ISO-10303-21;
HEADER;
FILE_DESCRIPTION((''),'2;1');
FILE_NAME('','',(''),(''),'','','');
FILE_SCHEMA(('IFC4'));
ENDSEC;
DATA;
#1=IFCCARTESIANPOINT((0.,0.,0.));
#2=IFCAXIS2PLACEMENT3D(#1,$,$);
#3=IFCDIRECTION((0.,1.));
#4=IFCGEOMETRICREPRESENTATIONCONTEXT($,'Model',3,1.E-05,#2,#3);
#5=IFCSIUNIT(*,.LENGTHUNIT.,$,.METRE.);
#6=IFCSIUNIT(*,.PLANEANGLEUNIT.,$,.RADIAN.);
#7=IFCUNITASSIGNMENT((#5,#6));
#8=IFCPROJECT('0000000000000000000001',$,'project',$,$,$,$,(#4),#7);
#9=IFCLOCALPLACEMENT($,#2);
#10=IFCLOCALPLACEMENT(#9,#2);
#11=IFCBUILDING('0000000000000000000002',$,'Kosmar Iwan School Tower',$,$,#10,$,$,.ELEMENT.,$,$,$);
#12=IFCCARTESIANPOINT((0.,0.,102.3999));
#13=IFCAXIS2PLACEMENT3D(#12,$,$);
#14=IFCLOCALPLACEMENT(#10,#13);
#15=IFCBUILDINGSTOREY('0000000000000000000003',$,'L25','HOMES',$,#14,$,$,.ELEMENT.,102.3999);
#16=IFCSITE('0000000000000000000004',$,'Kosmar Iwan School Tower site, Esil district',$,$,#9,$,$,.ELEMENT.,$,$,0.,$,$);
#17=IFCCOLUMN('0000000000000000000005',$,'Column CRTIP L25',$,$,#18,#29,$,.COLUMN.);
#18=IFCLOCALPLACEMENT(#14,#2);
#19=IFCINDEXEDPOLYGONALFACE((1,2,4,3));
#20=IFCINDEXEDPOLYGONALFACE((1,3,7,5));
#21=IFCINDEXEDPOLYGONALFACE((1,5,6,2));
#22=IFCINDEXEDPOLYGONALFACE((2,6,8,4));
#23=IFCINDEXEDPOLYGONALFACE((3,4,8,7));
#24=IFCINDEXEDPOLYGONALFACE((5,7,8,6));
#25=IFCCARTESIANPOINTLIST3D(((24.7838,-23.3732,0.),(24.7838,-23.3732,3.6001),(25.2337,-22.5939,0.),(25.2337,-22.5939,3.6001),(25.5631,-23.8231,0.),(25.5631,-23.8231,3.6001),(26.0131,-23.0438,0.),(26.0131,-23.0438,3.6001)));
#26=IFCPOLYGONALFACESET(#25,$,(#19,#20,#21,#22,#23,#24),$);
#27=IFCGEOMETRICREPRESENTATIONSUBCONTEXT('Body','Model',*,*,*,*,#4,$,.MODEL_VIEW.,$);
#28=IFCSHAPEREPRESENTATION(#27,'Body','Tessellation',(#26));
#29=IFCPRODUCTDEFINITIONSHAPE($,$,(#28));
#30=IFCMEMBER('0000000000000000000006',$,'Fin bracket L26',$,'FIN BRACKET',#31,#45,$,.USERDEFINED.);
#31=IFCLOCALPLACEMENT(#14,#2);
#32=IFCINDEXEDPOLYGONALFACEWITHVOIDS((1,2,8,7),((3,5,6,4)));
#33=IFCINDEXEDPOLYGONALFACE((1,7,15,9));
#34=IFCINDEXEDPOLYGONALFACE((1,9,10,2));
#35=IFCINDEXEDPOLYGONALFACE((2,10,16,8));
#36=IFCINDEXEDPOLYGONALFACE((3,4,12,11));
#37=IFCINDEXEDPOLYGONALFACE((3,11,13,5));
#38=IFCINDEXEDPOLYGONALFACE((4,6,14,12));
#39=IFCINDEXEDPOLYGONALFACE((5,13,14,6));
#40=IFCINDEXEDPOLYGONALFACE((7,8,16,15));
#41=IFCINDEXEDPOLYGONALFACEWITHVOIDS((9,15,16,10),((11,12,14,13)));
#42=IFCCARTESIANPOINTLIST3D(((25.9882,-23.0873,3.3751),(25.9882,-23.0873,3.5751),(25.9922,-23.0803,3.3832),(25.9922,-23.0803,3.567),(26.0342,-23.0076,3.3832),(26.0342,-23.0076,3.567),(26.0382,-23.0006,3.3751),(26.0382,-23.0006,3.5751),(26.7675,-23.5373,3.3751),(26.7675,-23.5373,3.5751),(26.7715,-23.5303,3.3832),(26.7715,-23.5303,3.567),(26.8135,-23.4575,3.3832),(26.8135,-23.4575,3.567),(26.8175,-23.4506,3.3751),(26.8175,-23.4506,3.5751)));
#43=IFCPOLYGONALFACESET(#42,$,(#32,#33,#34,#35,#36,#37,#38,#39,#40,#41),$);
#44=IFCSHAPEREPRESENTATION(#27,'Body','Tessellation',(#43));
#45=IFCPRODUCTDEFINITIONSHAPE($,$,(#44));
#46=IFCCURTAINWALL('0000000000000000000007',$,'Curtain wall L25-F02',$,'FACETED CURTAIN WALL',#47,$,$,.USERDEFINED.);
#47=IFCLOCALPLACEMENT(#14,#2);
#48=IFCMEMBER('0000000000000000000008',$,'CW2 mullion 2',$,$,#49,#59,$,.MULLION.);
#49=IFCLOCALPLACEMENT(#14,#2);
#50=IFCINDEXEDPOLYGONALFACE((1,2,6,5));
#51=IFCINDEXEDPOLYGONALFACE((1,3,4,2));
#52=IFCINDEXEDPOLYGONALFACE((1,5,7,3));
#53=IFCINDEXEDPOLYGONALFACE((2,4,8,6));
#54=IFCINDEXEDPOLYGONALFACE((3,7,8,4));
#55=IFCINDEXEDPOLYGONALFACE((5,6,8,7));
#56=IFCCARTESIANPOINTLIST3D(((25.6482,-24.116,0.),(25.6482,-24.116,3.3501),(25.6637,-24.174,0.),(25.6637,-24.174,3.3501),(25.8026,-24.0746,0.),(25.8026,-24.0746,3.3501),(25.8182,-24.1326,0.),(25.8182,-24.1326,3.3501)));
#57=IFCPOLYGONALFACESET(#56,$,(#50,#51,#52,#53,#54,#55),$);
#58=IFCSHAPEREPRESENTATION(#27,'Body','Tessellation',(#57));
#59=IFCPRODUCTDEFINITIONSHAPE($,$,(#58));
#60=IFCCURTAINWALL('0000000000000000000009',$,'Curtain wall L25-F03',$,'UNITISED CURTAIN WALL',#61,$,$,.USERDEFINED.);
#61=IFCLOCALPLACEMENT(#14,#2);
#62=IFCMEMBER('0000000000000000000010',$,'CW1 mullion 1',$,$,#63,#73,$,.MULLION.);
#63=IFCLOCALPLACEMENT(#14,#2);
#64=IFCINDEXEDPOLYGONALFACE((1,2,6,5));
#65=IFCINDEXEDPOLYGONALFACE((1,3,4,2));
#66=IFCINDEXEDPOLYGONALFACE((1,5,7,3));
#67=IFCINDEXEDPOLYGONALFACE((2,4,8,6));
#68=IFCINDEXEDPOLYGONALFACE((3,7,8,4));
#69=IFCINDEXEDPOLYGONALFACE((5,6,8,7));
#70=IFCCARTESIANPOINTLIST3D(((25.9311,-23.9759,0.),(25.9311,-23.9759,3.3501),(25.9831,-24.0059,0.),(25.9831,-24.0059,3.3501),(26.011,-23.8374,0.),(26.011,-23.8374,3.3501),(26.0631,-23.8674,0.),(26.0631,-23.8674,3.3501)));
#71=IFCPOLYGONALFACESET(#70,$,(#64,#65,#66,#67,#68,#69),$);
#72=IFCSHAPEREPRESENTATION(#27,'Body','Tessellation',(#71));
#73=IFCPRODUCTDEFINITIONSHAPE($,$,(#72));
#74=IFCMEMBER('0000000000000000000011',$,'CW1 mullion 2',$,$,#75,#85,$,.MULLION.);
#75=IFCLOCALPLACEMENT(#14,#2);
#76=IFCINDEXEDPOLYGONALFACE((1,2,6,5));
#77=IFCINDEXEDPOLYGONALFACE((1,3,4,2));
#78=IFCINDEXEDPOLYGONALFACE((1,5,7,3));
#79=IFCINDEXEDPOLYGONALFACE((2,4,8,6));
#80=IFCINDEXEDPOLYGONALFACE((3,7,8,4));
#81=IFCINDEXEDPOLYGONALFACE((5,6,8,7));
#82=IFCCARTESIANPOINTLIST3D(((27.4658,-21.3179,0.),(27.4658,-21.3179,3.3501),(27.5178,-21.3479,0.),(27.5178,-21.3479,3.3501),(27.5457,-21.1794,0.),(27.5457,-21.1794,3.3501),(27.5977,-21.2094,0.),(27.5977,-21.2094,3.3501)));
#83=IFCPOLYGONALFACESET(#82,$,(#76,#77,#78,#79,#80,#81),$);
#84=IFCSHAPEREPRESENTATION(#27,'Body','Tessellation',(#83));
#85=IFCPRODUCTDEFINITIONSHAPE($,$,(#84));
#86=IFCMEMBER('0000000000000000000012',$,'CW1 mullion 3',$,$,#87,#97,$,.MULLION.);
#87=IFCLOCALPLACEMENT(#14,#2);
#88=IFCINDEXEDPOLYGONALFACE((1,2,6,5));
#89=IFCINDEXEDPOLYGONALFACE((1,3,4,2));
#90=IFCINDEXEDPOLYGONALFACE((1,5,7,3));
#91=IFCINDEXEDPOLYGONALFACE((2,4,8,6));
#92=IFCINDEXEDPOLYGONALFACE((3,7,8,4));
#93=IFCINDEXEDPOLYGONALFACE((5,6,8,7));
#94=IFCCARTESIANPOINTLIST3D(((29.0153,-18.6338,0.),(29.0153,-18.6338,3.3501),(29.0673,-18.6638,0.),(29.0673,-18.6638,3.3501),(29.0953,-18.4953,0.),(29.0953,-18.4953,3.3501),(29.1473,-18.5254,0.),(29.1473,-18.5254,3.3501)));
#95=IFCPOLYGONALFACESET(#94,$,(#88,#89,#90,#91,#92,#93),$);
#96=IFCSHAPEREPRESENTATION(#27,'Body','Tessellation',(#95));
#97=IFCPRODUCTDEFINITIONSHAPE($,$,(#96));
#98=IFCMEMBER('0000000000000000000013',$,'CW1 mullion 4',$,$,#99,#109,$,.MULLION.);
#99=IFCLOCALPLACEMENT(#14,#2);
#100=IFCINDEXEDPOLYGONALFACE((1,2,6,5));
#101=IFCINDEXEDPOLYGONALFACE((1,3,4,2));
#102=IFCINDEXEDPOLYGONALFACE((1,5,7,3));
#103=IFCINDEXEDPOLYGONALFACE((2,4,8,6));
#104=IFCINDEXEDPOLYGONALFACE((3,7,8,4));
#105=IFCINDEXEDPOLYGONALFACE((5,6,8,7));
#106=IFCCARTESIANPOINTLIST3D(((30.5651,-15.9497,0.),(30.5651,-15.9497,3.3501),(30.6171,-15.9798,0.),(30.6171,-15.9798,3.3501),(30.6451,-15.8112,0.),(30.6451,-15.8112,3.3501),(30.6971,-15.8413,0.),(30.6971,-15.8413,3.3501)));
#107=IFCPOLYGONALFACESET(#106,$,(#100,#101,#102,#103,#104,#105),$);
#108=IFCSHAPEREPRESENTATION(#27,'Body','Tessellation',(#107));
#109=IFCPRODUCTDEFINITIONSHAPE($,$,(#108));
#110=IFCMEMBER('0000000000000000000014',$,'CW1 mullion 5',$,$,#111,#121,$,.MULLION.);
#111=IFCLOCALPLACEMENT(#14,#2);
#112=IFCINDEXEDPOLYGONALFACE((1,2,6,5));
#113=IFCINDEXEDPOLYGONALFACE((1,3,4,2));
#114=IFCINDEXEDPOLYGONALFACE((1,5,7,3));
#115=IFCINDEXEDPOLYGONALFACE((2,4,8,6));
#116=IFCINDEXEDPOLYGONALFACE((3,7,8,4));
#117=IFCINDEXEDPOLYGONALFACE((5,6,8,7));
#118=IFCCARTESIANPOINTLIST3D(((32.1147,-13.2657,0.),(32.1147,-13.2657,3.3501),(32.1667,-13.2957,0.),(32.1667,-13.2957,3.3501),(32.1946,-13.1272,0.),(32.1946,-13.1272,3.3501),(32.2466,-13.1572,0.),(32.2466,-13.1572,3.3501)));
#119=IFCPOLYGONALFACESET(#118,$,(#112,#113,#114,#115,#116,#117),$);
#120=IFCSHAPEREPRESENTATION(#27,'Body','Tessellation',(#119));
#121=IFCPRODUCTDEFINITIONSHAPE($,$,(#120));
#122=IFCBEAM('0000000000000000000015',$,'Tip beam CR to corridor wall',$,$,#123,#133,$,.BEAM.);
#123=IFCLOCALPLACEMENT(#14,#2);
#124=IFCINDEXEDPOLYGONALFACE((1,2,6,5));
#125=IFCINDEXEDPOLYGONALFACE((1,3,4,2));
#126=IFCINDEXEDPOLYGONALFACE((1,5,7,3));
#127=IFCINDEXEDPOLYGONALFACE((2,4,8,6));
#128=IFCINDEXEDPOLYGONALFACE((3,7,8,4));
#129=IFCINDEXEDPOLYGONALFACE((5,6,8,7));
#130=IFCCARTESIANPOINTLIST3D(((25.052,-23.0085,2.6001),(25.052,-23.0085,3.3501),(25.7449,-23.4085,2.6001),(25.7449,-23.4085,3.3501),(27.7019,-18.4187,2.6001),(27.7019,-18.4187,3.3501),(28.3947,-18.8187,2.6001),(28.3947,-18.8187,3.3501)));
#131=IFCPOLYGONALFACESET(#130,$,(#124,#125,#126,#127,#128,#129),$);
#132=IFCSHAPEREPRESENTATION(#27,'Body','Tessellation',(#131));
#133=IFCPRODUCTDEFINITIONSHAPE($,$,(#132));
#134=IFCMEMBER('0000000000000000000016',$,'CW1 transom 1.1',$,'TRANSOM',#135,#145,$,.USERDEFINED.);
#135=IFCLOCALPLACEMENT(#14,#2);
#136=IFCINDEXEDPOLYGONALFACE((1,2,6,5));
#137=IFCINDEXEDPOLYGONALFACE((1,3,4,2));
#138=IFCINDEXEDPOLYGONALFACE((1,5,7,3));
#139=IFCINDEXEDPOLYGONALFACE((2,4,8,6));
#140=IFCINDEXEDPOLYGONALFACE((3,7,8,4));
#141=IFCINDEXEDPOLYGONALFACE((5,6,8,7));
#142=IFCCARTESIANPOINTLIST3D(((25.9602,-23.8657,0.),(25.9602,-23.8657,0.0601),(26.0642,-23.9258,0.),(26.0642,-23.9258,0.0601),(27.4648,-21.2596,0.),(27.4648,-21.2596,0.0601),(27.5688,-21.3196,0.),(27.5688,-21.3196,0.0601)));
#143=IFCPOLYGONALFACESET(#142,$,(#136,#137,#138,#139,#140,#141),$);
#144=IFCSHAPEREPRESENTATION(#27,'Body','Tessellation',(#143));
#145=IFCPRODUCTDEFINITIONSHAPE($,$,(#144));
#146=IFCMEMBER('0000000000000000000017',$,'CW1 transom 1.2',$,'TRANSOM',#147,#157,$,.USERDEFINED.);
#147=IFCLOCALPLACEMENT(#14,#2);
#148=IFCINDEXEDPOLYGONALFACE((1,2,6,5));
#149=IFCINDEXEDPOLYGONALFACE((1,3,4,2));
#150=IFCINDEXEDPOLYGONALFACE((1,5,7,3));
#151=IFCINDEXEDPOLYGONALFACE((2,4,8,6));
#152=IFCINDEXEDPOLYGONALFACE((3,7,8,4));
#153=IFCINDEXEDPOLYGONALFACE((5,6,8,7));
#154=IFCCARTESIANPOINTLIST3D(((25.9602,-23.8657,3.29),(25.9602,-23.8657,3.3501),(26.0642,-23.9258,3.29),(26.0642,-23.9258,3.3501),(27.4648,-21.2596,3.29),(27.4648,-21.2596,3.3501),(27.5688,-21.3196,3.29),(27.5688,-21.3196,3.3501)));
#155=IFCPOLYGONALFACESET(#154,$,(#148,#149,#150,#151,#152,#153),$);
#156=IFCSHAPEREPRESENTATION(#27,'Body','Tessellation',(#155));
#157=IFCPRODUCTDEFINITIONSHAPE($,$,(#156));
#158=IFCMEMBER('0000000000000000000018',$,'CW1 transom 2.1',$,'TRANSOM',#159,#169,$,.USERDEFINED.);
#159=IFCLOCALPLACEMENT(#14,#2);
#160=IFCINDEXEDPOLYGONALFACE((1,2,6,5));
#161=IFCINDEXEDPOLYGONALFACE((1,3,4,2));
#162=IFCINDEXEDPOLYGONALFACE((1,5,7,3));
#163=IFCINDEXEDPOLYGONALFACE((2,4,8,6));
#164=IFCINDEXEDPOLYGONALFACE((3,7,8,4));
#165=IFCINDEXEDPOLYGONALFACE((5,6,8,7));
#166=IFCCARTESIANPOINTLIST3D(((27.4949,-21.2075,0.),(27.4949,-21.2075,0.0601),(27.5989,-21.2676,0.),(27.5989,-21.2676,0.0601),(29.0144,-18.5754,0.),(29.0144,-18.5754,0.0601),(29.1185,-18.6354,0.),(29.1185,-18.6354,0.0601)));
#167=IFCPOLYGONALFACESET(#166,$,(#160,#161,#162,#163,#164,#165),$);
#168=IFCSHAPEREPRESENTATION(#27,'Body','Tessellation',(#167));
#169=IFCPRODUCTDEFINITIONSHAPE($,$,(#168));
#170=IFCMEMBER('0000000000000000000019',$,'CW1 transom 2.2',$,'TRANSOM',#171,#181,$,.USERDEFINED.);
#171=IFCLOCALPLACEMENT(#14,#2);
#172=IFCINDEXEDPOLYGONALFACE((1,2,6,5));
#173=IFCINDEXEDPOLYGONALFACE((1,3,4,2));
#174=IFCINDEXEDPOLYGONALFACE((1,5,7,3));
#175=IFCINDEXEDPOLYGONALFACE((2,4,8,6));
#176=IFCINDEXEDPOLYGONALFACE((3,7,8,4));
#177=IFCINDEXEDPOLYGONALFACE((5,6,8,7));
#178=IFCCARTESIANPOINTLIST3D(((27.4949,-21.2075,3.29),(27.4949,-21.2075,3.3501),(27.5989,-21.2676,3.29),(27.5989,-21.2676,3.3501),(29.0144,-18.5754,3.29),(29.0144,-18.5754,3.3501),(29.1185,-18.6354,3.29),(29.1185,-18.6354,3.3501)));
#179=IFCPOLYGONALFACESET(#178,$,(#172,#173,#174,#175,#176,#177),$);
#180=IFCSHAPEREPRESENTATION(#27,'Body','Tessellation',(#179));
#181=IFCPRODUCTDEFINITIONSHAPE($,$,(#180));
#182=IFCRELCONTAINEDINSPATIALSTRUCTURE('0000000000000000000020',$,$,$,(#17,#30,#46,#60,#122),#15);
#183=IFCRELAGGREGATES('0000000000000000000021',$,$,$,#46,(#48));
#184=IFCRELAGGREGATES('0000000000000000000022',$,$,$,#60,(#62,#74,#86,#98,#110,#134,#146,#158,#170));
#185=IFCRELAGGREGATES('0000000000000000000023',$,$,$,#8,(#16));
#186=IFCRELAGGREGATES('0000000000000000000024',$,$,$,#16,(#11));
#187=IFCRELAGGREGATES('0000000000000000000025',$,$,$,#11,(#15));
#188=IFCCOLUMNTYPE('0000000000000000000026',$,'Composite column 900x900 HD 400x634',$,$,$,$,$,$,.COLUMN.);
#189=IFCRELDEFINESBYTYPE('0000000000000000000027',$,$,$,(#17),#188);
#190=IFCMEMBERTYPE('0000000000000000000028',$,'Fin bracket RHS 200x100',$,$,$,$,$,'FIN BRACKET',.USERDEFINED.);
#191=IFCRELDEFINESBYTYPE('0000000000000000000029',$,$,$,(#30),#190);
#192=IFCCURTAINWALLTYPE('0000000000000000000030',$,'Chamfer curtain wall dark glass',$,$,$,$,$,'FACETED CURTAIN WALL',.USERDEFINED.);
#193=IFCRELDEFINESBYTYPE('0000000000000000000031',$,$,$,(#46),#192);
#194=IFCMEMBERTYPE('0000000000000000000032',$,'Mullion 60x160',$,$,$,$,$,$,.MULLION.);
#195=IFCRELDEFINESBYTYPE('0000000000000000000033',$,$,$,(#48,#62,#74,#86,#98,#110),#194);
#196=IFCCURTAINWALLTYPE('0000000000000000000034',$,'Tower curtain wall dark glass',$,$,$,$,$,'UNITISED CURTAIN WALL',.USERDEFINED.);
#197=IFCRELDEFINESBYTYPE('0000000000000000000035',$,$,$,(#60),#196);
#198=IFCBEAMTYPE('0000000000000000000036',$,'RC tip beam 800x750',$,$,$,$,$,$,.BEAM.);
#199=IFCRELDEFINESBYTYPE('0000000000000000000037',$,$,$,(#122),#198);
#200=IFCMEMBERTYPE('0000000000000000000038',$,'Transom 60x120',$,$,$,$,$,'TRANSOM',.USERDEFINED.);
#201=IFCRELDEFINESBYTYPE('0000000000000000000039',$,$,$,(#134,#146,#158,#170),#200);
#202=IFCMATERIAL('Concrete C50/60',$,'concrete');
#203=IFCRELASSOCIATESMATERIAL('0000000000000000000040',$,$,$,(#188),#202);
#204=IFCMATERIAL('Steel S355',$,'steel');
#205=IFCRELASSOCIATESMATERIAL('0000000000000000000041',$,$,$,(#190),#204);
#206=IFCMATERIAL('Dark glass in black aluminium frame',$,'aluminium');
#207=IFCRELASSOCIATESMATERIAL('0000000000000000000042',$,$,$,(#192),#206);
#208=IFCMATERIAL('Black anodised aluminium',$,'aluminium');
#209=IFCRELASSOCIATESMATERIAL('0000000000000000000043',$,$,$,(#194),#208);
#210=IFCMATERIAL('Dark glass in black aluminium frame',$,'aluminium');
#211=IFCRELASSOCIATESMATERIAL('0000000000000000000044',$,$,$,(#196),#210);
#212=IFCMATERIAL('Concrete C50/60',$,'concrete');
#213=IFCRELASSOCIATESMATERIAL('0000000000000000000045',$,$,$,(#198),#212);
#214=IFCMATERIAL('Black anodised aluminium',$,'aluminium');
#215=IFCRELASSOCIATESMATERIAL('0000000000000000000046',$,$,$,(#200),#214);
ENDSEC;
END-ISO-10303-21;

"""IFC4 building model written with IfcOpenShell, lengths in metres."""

from ifc_helpers import new_model, si_unit, direction, frame, origin, origin_2d, place, context, subcontext, project, spatial, rectangle, hollow_rectangle, extrude, material, material_profile, profile_set, type_object, element, aggregate, save


model = new_model("IFC4")

# Units and contexts
model_context = context("Model", 3, precision=1e-05, world=origin(), true_north=direction((0.0, 1.0)))
body_context = subcontext(model_context, "Body", "Model", "MODEL_VIEW")
ifc_project = project(units=[si_unit("LENGTHUNIT", "METRE"), si_unit("PLANEANGLEUNIT", "RADIAN")], contexts=[model_context])

# Site, building, storey
site_placement = place(None, origin())
site = spatial("IfcSite", under=ifc_project, at=site_placement, Name="Kosmar Iwan School Tower site, Esil district", CompositionType="ELEMENT", RefElevation=0.0)
building_placement = place(site_placement, origin())
building = spatial("IfcBuilding", under=site, at=building_placement, Name="Kosmar Iwan School Tower", CompositionType="ELEMENT")
storey_placement = place(building_placement, frame((0.0, 0.0, 102.3999)))
storey = spatial("IfcBuildingStorey", under=building, at=storey_placement, Name="L25", Description="HOMES", CompositionType="ELEMENT", Elevation=102.3999)

# Column
ifc_material_1 = material(Name="Concrete C50/60", Category="concrete")
ifc_material_profile_1 = material_profile(ifc_material_1, rectangle(XDim=0.8999, YDim=0.8999, at=origin_2d()), Name="RC 900x900 + HD 400x634")
ifc_profile_set_1 = profile_set([ifc_material_profile_1], Name="Concrete C50/60")
column_type = type_object("IfcColumnType", Name="Composite column 900x900 HD 400x634", PredefinedType="COLUMN", material=ifc_profile_set_1)
column_placement = place(storey_placement, frame((25.3984, -23.2085, 0.0), z_axis=(0.0, 0.0, 1.0), x_axis=(0.866025, -0.5, 0.0)))
element("IfcColumn", 1, at=column_placement, inside=storey, type_object=column_type, Name="Column CRTIP L25", PredefinedType="COLUMN", context=body_context, shape_type="SweptSolid", body=[
    extrude(rectangle(XDim=0.8999, YDim=0.8999, at=origin_2d()), origin(), (0.0, 0.0, 1.0), 3.6001),
])

# Member
ifc_material_2 = material(Name="Steel S355", Category="steel")
ifc_material_profile_2 = material_profile(ifc_material_2, hollow_rectangle(XDim=0.1001, YDim=0.2, WallThickness=0.0081, at=origin_2d()), Name="RHS 200x100x8")
ifc_profile_set_2 = profile_set([ifc_material_profile_2], Name="Steel S355")
member_type_1 = type_object("IfcMemberType", Name="Fin bracket RHS 200x100", ElementType="FIN BRACKET", PredefinedType="USERDEFINED", material=ifc_profile_set_2)
member_1_placement = place(storey_placement, frame((26.0132, -23.0439, 3.4751), z_axis=(0.866014, -0.50002, 0.0), x_axis=(0.50002, 0.866014, 0.0)))
element("IfcMember", 2, at=member_1_placement, inside=storey, type_object=member_type_1, Name="Fin bracket L26", ObjectType="FIN BRACKET", PredefinedType="USERDEFINED", context=body_context, shape_type="SweptSolid", body=[
    extrude(hollow_rectangle(XDim=0.1001, YDim=0.2, WallThickness=0.0081, at=origin_2d()), origin(), (0.0, 0.0, 1.0), 0.8999),
])

# Curtain wall, member
ifc_material_3 = material(Name="Dark glass in black aluminium frame", Category="aluminium")
curtain_wall_type_1 = type_object("IfcCurtainWallType", Name="Chamfer curtain wall dark glass", ElementType="FACETED CURTAIN WALL", PredefinedType="USERDEFINED", material=ifc_material_3)
curtain_wall_1_placement = place(storey_placement, origin())
curtain_wall_1 = element("IfcCurtainWall", 3, at=curtain_wall_1_placement, inside=storey, type_object=curtain_wall_type_1, Name="Curtain wall L25-F02", ObjectType="FACETED CURTAIN WALL", PredefinedType="USERDEFINED")
ifc_material_4 = material(Name="Black anodised aluminium", Category="aluminium")
ifc_material_profile_3 = material_profile(ifc_material_4, rectangle(XDim=0.0601, YDim=0.1599, at=origin_2d()), Name="MULLION 60x160")
ifc_profile_set_3 = profile_set([ifc_material_profile_3], Name="Black anodised aluminium")
member_type_2 = type_object("IfcMemberType", Name="Mullion 60x160", PredefinedType="MULLION", material=ifc_profile_set_3)
member_2_placement = place(storey_placement, frame((25.7332, -24.1243, 0.0), z_axis=(0.0, 0.0, 1.0), x_axis=(-0.258819, 0.965926, 0.0)))
member_2 = element("IfcMember", 4, at=member_2_placement, type_object=member_type_2, Name="CW2 mullion 2", PredefinedType="MULLION", context=body_context, shape_type="SweptSolid", body=[
    extrude(rectangle(XDim=0.0601, YDim=0.1599, at=origin_2d()), origin(), (0.0, 0.0, 1.0), 3.3501),
])

# Curtain wall, members
ifc_material_5 = material(Name="Dark glass in black aluminium frame", Category="aluminium")
curtain_wall_type_2 = type_object("IfcCurtainWallType", Name="Tower curtain wall dark glass", ElementType="UNITISED CURTAIN WALL", PredefinedType="USERDEFINED", material=ifc_material_5)
curtain_wall_2_placement = place(storey_placement, origin())
curtain_wall_2 = element("IfcCurtainWall", 5, at=curtain_wall_2_placement, inside=storey, type_object=curtain_wall_type_2, Name="Curtain wall L25-F03", ObjectType="UNITISED CURTAIN WALL", PredefinedType="USERDEFINED")
member_3_placement = place(storey_placement, frame((25.9971, -23.9216, 0.0), z_axis=(0.0, 0.0, 1.0), x_axis=(-0.866025, 0.5, 0.0)))
member_3 = element("IfcMember", 6, at=member_3_placement, type_object=member_type_2, Name="CW1 mullion 1", PredefinedType="MULLION", context=body_context, shape_type="SweptSolid", body=[
    extrude(rectangle(XDim=0.0601, YDim=0.1599, at=origin_2d()), origin(), (0.0, 0.0, 1.0), 3.3501),
])
member_4_placement = place(storey_placement, frame((27.5317, -21.2637, 0.0), z_axis=(0.0, 0.0, 1.0), x_axis=(-0.866025, 0.5, 0.0)))
member_4 = element("IfcMember", 7, at=member_4_placement, type_object=member_type_2, Name="CW1 mullion 2", PredefinedType="MULLION", context=body_context, shape_type="SweptSolid", body=[
    extrude(rectangle(XDim=0.0601, YDim=0.1599, at=origin_2d()), origin(), (0.0, 0.0, 1.0), 3.3501),
])
member_5_placement = place(storey_placement, frame((29.0813, -18.5796, 0.0), z_axis=(0.0, 0.0, 1.0), x_axis=(-0.866025, 0.5, 0.0)))
member_5 = element("IfcMember", 8, at=member_5_placement, type_object=member_type_2, Name="CW1 mullion 3", PredefinedType="MULLION", context=body_context, shape_type="SweptSolid", body=[
    extrude(rectangle(XDim=0.0601, YDim=0.1599, at=origin_2d()), origin(), (0.0, 0.0, 1.0), 3.3501),
])
member_6_placement = place(storey_placement, frame((30.6311, -15.8955, 0.0), z_axis=(0.0, 0.0, 1.0), x_axis=(-0.866025, 0.5, 0.0)))
member_6 = element("IfcMember", 9, at=member_6_placement, type_object=member_type_2, Name="CW1 mullion 4", PredefinedType="MULLION", context=body_context, shape_type="SweptSolid", body=[
    extrude(rectangle(XDim=0.0601, YDim=0.1599, at=origin_2d()), origin(), (0.0, 0.0, 1.0), 3.3501),
])
member_7_placement = place(storey_placement, frame((32.1807, -13.2114, 0.0), z_axis=(0.0, 0.0, 1.0), x_axis=(-0.866025, 0.5, 0.0)))
member_7 = element("IfcMember", 10, at=member_7_placement, type_object=member_type_2, Name="CW1 mullion 5", PredefinedType="MULLION", context=body_context, shape_type="SweptSolid", body=[
    extrude(rectangle(XDim=0.0601, YDim=0.1599, at=origin_2d()), origin(), (0.0, 0.0, 1.0), 3.3501),
])

# Beam
ifc_material_6 = material(Name="Concrete C50/60", Category="concrete")
ifc_material_profile_4 = material_profile(ifc_material_6, rectangle(XDim=0.8, YDim=0.75, at=origin_2d()), Name="RC 800x750")
ifc_profile_set_4 = profile_set([ifc_material_profile_4], Name="Concrete C50/60")
beam_type = type_object("IfcBeamType", Name="RC tip beam 800x750", PredefinedType="BEAM", material=ifc_profile_set_4)
beam_placement = place(storey_placement, frame((25.3984, -23.2085, 2.9751), z_axis=(0.499994, 0.866029, 0.0), x_axis=(-0.866029, 0.499994, 0.0)))
element("IfcBeam", 11, at=beam_placement, inside=storey, type_object=beam_type, Name="Tip beam CR to corridor wall", PredefinedType="BEAM", context=body_context, shape_type="SweptSolid", body=[
    extrude(rectangle(XDim=0.8, YDim=0.75, at=origin_2d()), origin(), (0.0, 0.0, 1.0), 5.2998),
])

# Members
ifc_material_7 = material(Name="Black anodised aluminium", Category="aluminium")
ifc_material_profile_5 = material_profile(ifc_material_7, rectangle(XDim=0.1201, YDim=0.0601, at=origin_2d()), Name="TRANSOM 60x120")
ifc_profile_set_5 = profile_set([ifc_material_profile_5], Name="Black anodised aluminium")
member_type_3 = type_object("IfcMemberType", Name="Transom 60x120", ElementType="TRANSOM", PredefinedType="USERDEFINED", material=ifc_profile_set_5)
member_8_placement = place(storey_placement, frame((26.0122, -23.8958, 0.03), z_axis=(0.499987, 0.866033, 0.0), x_axis=(-0.866033, 0.499987, 0.0)))
member_8 = element("IfcMember", 12, at=member_8_placement, type_object=member_type_3, Name="CW1 transom 1.1", ObjectType="TRANSOM", PredefinedType="USERDEFINED", context=body_context, shape_type="SweptSolid", body=[
    extrude(rectangle(XDim=0.1201, YDim=0.0601, at=origin_2d()), origin(), (0.0, 0.0, 1.0), 3.0093),
])
member_9_placement = place(storey_placement, frame((26.0122, -23.8958, 3.3201), z_axis=(0.499987, 0.866033, 0.0), x_axis=(-0.866033, 0.499987, 0.0)))
member_9 = element("IfcMember", 13, at=member_9_placement, type_object=member_type_3, Name="CW1 transom 1.2", ObjectType="TRANSOM", PredefinedType="USERDEFINED", context=body_context, shape_type="SweptSolid", body=[
    extrude(rectangle(XDim=0.1201, YDim=0.0601, at=origin_2d()), origin(), (0.0, 0.0, 1.0), 3.0093),
])
member_10_placement = place(storey_placement, frame((27.5469, -21.2375, 0.03), z_axis=(0.499975, 0.86604, 0.0), x_axis=(-0.86604, 0.499975, 0.0)))
member_10 = element("IfcMember", 14, at=member_10_placement, type_object=member_type_3, Name="CW1 transom 2.1", ObjectType="TRANSOM", PredefinedType="USERDEFINED", context=body_context, shape_type="SweptSolid", body=[
    extrude(rectangle(XDim=0.1201, YDim=0.0601, at=origin_2d()), origin(), (0.0, 0.0, 1.0), 3.0393),
])
member_11_placement = place(storey_placement, frame((27.5469, -21.2375, 3.3201), z_axis=(0.499975, 0.86604, 0.0), x_axis=(-0.86604, 0.499975, 0.0)))
member_11 = element("IfcMember", 15, at=member_11_placement, type_object=member_type_3, Name="CW1 transom 2.2", ObjectType="TRANSOM", PredefinedType="USERDEFINED", context=body_context, shape_type="SweptSolid", body=[
    extrude(rectangle(XDim=0.1201, YDim=0.0601, at=origin_2d()), origin(), (0.0, 0.0, 1.0), 3.0393),
])

aggregate(curtain_wall_1, [member_2])
aggregate(curtain_wall_2, [member_3, member_4, member_5, member_6, member_7, member_8, member_9, member_10, member_11])

save(model, "model.ifc")
